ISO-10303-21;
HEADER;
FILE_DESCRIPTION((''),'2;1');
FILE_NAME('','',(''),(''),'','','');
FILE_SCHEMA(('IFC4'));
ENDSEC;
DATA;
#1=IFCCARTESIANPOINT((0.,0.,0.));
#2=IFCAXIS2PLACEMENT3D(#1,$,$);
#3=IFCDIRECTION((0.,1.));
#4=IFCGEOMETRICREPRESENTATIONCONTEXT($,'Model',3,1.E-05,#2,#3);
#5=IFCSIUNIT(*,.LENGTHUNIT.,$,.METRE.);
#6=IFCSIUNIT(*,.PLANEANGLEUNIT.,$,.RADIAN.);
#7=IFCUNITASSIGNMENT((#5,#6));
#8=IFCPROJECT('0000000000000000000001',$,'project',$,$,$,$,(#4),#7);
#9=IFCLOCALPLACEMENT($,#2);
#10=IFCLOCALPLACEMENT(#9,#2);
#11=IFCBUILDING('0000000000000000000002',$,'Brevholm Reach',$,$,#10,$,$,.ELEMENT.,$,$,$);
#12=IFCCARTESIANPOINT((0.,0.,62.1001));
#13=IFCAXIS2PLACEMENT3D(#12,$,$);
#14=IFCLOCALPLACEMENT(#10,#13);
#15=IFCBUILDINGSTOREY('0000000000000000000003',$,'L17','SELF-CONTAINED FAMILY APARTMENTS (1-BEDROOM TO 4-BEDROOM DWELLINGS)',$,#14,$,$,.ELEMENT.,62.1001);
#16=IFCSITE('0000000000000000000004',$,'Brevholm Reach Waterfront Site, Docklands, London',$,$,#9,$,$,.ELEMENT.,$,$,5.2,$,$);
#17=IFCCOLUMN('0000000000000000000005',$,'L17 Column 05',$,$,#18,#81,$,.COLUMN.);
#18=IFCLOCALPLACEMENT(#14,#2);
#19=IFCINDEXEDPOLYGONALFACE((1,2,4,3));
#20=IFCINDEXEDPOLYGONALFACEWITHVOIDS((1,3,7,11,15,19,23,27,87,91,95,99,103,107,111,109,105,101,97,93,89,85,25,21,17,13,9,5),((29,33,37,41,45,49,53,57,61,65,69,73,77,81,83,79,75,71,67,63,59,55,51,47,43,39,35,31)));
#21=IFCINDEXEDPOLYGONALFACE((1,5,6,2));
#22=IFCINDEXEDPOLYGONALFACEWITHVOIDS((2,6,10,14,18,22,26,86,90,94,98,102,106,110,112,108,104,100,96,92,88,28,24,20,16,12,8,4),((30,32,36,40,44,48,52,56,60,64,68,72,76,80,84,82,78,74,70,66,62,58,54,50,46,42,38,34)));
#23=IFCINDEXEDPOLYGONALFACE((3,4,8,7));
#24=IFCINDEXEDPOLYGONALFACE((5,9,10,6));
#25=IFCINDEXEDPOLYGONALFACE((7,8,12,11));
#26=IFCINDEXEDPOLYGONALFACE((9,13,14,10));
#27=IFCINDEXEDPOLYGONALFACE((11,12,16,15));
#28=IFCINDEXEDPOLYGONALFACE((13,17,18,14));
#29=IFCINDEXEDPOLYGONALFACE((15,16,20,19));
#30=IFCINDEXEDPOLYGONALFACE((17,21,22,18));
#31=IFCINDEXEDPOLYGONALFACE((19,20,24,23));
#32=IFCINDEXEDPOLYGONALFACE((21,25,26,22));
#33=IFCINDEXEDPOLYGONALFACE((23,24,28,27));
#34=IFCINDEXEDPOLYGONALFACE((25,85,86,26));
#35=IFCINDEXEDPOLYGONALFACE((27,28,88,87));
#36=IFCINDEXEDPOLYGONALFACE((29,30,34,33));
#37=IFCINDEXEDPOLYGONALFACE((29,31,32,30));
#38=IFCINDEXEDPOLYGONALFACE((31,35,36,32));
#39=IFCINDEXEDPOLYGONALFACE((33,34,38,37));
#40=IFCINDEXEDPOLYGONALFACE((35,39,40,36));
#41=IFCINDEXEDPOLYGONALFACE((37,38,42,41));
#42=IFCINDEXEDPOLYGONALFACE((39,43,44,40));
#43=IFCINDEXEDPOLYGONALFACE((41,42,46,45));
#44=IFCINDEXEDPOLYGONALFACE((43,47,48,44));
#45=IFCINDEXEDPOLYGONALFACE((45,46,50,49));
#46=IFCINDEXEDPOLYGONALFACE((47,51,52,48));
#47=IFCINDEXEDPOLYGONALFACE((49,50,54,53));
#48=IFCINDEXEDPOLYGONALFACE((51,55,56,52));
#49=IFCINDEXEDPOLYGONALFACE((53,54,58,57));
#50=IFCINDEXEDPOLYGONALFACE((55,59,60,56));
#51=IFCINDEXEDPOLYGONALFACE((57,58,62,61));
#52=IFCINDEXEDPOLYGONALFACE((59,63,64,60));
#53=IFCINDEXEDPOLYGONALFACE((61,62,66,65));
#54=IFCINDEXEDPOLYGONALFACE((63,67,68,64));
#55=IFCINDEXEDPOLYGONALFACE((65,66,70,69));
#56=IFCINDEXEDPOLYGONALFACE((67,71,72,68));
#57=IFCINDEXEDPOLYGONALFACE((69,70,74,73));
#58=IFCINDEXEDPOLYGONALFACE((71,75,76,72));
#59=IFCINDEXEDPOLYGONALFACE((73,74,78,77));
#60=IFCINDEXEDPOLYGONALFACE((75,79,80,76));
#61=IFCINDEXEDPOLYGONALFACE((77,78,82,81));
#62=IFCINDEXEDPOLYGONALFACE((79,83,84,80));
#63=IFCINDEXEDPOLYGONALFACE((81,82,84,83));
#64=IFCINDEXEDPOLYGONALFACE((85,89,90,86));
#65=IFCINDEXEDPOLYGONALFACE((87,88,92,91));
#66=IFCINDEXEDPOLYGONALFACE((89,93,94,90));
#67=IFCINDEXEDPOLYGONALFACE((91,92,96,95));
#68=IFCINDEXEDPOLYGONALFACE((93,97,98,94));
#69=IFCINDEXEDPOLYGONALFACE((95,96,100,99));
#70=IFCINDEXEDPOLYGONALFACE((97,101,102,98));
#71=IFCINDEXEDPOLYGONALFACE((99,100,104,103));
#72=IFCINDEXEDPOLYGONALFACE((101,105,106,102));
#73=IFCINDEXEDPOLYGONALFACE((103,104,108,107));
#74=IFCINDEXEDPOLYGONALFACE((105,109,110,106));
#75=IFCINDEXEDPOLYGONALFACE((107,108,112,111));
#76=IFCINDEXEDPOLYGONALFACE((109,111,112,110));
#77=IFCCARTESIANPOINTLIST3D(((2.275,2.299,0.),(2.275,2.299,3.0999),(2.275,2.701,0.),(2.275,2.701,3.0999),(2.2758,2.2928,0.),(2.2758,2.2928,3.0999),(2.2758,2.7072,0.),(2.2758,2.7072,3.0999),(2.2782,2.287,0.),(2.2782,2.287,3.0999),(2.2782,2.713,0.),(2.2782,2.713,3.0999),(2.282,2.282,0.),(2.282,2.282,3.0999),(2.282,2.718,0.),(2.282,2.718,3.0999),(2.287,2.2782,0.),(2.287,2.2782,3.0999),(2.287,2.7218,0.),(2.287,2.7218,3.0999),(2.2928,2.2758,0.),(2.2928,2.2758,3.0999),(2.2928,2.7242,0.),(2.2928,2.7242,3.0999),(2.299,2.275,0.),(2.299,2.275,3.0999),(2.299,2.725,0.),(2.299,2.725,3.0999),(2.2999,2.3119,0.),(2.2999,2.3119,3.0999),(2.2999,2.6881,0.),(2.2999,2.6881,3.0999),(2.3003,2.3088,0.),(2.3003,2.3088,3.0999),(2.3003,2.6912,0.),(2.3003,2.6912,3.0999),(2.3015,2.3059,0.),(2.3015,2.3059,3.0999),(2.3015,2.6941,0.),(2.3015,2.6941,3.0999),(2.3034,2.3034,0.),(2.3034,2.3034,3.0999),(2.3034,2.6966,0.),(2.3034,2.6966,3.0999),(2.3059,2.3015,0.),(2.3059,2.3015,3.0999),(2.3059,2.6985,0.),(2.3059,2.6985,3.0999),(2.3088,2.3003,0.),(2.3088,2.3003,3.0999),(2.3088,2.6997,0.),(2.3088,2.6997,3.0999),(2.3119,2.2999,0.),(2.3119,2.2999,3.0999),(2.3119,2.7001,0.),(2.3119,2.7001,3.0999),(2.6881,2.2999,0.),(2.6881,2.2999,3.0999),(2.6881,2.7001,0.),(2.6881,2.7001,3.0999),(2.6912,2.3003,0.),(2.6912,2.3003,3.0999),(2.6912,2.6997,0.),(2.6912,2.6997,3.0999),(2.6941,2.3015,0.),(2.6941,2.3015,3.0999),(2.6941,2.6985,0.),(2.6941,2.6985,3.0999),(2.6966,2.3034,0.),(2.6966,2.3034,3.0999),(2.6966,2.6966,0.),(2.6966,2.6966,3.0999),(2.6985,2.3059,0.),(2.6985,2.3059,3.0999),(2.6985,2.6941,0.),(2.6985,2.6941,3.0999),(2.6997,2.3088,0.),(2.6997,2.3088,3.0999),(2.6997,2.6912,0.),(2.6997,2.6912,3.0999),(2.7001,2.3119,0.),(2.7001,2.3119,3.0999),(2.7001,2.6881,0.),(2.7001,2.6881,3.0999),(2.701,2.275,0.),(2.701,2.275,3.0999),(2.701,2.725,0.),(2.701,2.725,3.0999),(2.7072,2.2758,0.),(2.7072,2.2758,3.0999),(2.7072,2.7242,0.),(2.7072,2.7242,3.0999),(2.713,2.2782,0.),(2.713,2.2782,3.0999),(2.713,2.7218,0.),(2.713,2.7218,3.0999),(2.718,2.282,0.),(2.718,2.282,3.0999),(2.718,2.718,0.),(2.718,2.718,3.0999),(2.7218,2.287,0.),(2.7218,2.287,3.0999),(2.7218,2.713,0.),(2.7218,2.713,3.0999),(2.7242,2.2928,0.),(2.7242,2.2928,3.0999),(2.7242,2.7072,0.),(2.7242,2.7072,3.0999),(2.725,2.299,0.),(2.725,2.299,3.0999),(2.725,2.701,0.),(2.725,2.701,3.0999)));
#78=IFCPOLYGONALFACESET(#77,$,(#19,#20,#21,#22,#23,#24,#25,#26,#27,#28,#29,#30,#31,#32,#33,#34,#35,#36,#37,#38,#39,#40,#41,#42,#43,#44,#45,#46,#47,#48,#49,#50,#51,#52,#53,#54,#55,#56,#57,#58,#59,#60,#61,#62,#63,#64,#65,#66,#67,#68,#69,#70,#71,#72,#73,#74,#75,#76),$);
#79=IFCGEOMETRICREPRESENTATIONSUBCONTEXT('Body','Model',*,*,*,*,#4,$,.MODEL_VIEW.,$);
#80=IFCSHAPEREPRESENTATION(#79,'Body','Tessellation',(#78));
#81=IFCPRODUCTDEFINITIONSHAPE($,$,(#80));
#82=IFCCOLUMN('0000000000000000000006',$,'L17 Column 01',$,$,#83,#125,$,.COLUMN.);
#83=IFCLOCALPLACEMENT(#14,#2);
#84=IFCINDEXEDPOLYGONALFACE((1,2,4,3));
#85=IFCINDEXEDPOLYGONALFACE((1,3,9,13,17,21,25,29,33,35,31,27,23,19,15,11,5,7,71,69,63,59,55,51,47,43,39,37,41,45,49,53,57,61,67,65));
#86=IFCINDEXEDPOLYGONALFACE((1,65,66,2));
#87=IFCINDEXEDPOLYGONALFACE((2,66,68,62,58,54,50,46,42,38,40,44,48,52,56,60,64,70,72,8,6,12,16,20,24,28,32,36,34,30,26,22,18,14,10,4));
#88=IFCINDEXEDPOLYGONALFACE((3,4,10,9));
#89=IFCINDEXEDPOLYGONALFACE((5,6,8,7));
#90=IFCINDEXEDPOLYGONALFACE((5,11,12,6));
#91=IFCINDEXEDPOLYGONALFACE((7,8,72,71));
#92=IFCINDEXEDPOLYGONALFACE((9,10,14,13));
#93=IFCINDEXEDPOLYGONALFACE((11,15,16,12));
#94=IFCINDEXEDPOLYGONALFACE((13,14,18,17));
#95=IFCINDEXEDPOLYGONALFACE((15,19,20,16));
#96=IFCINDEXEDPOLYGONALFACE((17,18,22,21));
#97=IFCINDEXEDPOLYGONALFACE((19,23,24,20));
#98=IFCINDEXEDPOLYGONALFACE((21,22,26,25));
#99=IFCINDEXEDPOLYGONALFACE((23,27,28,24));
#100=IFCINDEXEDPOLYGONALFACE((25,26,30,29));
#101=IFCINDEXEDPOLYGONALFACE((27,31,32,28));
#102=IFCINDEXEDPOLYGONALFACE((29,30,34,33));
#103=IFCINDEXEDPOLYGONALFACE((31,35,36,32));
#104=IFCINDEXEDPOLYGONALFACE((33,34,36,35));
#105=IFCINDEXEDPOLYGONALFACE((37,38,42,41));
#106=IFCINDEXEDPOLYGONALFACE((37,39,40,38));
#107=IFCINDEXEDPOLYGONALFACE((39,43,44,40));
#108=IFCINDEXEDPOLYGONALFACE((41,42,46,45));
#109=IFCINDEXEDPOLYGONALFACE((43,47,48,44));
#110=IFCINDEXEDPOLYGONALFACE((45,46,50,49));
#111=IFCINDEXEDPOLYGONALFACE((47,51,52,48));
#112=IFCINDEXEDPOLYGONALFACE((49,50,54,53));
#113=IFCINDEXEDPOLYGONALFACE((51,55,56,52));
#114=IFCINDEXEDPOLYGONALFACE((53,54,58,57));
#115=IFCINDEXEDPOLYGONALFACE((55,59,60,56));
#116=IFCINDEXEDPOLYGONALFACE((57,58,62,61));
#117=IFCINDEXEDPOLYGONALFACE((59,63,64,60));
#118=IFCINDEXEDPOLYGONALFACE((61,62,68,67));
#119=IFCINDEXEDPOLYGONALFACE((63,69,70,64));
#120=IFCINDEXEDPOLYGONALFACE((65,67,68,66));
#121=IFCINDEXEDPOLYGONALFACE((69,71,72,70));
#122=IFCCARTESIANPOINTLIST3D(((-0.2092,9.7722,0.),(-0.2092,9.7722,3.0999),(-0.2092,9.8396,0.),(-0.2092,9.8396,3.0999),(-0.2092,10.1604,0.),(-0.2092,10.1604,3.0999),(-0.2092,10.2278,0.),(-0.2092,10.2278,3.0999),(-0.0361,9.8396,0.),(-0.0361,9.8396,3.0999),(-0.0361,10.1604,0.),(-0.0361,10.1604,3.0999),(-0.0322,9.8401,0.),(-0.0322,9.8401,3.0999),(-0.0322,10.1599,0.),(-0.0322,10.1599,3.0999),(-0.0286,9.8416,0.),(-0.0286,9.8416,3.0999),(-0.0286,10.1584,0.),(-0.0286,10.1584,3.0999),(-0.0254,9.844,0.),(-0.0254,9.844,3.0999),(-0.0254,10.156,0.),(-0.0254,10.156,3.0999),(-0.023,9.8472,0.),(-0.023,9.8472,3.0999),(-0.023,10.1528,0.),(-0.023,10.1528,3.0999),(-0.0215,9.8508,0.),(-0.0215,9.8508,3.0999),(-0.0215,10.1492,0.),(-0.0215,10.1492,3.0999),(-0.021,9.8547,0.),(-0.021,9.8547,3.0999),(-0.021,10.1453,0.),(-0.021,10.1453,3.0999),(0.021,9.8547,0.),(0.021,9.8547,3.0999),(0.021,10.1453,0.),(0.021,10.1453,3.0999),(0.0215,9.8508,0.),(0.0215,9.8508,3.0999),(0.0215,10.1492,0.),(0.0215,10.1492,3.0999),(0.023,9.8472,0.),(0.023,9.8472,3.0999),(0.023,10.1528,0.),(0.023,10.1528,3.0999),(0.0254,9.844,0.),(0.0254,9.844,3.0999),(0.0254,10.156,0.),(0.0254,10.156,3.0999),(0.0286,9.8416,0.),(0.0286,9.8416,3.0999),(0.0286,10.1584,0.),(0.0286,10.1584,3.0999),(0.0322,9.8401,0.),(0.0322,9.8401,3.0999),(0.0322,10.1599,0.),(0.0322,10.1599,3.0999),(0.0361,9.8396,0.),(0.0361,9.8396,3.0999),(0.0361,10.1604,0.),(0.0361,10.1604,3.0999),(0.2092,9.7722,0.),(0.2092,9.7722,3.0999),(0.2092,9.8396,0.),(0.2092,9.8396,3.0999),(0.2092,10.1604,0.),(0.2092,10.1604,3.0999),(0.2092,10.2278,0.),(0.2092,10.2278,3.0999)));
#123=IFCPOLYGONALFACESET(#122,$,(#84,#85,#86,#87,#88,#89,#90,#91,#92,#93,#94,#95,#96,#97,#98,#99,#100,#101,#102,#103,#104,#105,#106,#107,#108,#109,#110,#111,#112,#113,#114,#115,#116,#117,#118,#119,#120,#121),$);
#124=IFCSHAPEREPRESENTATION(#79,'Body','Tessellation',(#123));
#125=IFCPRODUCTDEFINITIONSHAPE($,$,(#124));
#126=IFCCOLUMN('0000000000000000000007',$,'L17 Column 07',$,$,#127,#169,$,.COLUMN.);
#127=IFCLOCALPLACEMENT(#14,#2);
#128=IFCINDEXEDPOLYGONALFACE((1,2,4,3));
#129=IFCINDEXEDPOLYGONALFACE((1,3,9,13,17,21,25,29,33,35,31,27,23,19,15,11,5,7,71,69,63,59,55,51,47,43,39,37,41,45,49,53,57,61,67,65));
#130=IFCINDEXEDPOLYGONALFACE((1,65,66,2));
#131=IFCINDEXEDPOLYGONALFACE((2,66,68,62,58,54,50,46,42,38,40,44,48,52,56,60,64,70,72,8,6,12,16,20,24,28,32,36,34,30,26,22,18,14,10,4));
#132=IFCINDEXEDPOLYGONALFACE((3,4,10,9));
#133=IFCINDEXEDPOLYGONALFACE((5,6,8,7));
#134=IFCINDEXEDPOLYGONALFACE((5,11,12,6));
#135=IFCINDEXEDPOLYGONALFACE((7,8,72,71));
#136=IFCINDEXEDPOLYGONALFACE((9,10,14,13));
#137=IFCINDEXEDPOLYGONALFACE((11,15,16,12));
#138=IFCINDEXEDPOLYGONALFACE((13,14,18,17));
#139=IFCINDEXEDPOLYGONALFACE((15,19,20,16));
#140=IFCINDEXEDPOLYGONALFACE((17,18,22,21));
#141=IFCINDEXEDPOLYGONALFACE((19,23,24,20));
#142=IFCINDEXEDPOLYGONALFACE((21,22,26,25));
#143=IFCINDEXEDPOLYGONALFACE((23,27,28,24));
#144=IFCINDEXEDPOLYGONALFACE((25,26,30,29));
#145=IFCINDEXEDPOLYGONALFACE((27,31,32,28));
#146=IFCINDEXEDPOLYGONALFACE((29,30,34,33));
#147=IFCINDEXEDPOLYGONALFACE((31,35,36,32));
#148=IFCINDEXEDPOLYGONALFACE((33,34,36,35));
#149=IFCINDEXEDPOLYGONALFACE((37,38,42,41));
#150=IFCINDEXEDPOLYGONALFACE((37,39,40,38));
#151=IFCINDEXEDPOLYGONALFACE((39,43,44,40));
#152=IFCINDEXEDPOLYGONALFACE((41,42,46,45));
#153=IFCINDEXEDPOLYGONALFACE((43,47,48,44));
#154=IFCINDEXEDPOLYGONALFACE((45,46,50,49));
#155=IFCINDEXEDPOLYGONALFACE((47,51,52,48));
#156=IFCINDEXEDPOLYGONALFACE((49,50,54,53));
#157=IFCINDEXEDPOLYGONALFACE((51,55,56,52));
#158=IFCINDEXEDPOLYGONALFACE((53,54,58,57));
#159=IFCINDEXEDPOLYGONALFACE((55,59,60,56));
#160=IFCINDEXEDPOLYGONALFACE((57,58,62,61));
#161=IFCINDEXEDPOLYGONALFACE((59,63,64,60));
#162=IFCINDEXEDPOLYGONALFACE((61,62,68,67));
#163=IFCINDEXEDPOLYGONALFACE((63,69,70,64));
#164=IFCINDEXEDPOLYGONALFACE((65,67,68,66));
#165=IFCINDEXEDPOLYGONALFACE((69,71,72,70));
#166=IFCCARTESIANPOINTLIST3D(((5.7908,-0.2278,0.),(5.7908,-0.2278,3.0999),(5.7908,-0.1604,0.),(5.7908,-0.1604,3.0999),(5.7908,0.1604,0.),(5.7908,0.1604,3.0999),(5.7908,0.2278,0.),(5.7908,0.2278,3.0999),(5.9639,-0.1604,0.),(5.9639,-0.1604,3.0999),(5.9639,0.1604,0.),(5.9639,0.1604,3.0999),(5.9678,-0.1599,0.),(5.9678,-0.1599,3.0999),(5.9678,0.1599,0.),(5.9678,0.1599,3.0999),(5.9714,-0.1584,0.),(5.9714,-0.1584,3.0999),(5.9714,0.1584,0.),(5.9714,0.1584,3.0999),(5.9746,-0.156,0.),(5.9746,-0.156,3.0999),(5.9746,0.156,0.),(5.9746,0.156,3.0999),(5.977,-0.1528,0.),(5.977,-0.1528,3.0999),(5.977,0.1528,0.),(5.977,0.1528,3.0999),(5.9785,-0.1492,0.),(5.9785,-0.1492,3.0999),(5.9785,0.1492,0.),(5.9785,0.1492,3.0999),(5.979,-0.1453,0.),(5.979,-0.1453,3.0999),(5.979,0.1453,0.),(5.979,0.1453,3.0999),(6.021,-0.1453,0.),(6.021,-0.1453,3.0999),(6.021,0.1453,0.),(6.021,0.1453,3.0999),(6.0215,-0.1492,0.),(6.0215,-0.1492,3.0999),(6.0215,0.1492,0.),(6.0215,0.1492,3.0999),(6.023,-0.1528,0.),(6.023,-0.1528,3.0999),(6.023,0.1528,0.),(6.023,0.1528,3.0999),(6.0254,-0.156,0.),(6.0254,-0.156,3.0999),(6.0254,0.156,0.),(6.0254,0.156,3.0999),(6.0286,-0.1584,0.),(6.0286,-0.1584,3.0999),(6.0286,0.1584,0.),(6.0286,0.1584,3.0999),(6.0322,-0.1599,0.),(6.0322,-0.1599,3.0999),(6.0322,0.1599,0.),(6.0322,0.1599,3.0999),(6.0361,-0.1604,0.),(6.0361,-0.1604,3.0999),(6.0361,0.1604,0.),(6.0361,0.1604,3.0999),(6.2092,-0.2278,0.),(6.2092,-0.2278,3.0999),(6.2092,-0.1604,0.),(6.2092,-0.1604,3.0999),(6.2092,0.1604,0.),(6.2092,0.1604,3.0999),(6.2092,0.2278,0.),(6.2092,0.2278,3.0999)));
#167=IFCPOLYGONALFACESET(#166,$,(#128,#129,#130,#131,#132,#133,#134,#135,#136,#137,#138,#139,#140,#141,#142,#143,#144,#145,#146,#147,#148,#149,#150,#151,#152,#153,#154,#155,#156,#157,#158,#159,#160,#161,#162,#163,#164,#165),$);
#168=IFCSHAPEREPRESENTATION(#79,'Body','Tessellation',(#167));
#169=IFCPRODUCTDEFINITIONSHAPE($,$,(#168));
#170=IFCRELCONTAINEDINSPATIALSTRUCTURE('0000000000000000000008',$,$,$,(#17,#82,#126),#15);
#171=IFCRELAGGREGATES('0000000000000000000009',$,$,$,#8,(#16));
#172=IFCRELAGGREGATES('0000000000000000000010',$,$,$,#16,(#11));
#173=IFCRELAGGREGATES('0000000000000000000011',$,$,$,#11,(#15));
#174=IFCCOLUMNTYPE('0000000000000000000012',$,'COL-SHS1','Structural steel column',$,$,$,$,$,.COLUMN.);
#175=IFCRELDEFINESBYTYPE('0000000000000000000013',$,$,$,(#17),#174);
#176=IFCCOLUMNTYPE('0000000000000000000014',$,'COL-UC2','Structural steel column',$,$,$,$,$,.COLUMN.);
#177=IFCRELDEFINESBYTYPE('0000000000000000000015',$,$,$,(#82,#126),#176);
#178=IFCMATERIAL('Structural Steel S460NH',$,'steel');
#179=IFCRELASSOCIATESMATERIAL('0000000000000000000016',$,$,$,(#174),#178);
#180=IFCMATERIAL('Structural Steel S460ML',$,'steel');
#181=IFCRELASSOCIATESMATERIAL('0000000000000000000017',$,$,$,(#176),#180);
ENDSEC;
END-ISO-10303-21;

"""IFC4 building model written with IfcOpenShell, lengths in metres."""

from ifc_helpers import new_model, si_unit, direction, frame, origin, origin_2d, place, context, subcontext, project, spatial, hollow_rectangle, i_section, extrude, material, material_profile, profile_set, type_object, element, save


model = new_model("IFC4")

# Units and contexts
model_context = context("Model", 3, precision=1e-05, world=origin(), true_north=direction((0.0, 1.0)))
body_context = subcontext(model_context, "Body", "Model", "MODEL_VIEW")
ifc_project = project(units=[si_unit("LENGTHUNIT", "METRE"), si_unit("PLANEANGLEUNIT", "RADIAN")], contexts=[model_context])

# Site, building, storey
site_placement = place(None, origin())
site = spatial("IfcSite", under=ifc_project, at=site_placement, Name="Brevholm Reach Waterfront Site, Docklands, London", CompositionType="ELEMENT", RefElevation=5.2)
building_placement = place(site_placement, origin())
building = spatial("IfcBuilding", under=site, at=building_placement, Name="Brevholm Reach", CompositionType="ELEMENT")
storey_placement = place(building_placement, frame((0.0, 0.0, 62.1001)))
storey = spatial("IfcBuildingStorey", under=building, at=storey_placement, Name="L17", Description="SELF-CONTAINED FAMILY APARTMENTS (1-BEDROOM TO 4-BEDROOM DWELLINGS)", CompositionType="ELEMENT", Elevation=62.1001)

# Columns
ifc_material_1 = material(Name="Structural Steel S460NH", Category="steel")
ifc_material_profile_1 = material_profile(ifc_material_1, hollow_rectangle(XDim=0.45, YDim=0.45, WallThickness=0.0249, InnerFilletRadius=0.012, OuterFilletRadius=0.0239, at=origin_2d()), Name="SHS 450x450x25")
ifc_profile_set_1 = profile_set([ifc_material_profile_1], Name="Structural Steel S460NH")
column_type_1 = type_object("IfcColumnType", Name="COL-SHS1", Description="Structural steel column", PredefinedType="COLUMN", material=ifc_profile_set_1)
column_placement = place(storey_placement, frame((2.5, 2.5, 0.0), z_axis=(0.0, 0.0, 1.0), x_axis=(1.0, 0.0, 0.0)))
element("IfcColumn", 1, at=column_placement, inside=storey, type_object=column_type_1, Name="L17 Column 05", PredefinedType="COLUMN", context=body_context, shape_type="SweptSolid", body=[
    extrude(hollow_rectangle(XDim=0.45, YDim=0.45, WallThickness=0.0249, InnerFilletRadius=0.012, OuterFilletRadius=0.0239, at=origin_2d()), origin(), (0.0, 0.0, 1.0), 3.0999),
])
ifc_material_2 = material(Name="Structural Steel S460ML", Category="steel")
ifc_material_profile_2 = material_profile(ifc_material_2, i_section(OverallWidth=0.4185, OverallDepth=0.4556, WebThickness=0.042, FlangeThickness=0.0674, FilletRadius=0.0151, at=origin_2d()), Name="UKC 356x406x551")
ifc_profile_set_2 = profile_set([ifc_material_profile_2], Name="Structural Steel S460ML")
column_type_2 = type_object("IfcColumnType", Name="COL-UC2", Description="Structural steel column", PredefinedType="COLUMN", material=ifc_profile_set_2)
for number, where, z_axis, x_axis, name in (
    (2, (0.0, 10.0, 0.0), (0.0, 0.0, 1.0), (1.0, 0.0, 0.0), "L17 Column 01"),
    (3, (6.0, 0.0, 0.0), (0.0, 0.0, 1.0), (1.0, 0.0, 0.0), "L17 Column 07"),
):
    element("IfcColumn", number, at=place(storey_placement, frame(where, z_axis=z_axis, x_axis=x_axis)), inside=storey, type_object=column_type_2, Name=name, PredefinedType="COLUMN", context=body_context, shape_type="SweptSolid", body=[
        extrude(i_section(OverallWidth=0.4185, OverallDepth=0.4556, WebThickness=0.042, FlangeThickness=0.0674, FilletRadius=0.0151, at=origin_2d()), origin(), (0.0, 0.0, 1.0), 3.0999),
    ])

save(model, "model.ifc")
